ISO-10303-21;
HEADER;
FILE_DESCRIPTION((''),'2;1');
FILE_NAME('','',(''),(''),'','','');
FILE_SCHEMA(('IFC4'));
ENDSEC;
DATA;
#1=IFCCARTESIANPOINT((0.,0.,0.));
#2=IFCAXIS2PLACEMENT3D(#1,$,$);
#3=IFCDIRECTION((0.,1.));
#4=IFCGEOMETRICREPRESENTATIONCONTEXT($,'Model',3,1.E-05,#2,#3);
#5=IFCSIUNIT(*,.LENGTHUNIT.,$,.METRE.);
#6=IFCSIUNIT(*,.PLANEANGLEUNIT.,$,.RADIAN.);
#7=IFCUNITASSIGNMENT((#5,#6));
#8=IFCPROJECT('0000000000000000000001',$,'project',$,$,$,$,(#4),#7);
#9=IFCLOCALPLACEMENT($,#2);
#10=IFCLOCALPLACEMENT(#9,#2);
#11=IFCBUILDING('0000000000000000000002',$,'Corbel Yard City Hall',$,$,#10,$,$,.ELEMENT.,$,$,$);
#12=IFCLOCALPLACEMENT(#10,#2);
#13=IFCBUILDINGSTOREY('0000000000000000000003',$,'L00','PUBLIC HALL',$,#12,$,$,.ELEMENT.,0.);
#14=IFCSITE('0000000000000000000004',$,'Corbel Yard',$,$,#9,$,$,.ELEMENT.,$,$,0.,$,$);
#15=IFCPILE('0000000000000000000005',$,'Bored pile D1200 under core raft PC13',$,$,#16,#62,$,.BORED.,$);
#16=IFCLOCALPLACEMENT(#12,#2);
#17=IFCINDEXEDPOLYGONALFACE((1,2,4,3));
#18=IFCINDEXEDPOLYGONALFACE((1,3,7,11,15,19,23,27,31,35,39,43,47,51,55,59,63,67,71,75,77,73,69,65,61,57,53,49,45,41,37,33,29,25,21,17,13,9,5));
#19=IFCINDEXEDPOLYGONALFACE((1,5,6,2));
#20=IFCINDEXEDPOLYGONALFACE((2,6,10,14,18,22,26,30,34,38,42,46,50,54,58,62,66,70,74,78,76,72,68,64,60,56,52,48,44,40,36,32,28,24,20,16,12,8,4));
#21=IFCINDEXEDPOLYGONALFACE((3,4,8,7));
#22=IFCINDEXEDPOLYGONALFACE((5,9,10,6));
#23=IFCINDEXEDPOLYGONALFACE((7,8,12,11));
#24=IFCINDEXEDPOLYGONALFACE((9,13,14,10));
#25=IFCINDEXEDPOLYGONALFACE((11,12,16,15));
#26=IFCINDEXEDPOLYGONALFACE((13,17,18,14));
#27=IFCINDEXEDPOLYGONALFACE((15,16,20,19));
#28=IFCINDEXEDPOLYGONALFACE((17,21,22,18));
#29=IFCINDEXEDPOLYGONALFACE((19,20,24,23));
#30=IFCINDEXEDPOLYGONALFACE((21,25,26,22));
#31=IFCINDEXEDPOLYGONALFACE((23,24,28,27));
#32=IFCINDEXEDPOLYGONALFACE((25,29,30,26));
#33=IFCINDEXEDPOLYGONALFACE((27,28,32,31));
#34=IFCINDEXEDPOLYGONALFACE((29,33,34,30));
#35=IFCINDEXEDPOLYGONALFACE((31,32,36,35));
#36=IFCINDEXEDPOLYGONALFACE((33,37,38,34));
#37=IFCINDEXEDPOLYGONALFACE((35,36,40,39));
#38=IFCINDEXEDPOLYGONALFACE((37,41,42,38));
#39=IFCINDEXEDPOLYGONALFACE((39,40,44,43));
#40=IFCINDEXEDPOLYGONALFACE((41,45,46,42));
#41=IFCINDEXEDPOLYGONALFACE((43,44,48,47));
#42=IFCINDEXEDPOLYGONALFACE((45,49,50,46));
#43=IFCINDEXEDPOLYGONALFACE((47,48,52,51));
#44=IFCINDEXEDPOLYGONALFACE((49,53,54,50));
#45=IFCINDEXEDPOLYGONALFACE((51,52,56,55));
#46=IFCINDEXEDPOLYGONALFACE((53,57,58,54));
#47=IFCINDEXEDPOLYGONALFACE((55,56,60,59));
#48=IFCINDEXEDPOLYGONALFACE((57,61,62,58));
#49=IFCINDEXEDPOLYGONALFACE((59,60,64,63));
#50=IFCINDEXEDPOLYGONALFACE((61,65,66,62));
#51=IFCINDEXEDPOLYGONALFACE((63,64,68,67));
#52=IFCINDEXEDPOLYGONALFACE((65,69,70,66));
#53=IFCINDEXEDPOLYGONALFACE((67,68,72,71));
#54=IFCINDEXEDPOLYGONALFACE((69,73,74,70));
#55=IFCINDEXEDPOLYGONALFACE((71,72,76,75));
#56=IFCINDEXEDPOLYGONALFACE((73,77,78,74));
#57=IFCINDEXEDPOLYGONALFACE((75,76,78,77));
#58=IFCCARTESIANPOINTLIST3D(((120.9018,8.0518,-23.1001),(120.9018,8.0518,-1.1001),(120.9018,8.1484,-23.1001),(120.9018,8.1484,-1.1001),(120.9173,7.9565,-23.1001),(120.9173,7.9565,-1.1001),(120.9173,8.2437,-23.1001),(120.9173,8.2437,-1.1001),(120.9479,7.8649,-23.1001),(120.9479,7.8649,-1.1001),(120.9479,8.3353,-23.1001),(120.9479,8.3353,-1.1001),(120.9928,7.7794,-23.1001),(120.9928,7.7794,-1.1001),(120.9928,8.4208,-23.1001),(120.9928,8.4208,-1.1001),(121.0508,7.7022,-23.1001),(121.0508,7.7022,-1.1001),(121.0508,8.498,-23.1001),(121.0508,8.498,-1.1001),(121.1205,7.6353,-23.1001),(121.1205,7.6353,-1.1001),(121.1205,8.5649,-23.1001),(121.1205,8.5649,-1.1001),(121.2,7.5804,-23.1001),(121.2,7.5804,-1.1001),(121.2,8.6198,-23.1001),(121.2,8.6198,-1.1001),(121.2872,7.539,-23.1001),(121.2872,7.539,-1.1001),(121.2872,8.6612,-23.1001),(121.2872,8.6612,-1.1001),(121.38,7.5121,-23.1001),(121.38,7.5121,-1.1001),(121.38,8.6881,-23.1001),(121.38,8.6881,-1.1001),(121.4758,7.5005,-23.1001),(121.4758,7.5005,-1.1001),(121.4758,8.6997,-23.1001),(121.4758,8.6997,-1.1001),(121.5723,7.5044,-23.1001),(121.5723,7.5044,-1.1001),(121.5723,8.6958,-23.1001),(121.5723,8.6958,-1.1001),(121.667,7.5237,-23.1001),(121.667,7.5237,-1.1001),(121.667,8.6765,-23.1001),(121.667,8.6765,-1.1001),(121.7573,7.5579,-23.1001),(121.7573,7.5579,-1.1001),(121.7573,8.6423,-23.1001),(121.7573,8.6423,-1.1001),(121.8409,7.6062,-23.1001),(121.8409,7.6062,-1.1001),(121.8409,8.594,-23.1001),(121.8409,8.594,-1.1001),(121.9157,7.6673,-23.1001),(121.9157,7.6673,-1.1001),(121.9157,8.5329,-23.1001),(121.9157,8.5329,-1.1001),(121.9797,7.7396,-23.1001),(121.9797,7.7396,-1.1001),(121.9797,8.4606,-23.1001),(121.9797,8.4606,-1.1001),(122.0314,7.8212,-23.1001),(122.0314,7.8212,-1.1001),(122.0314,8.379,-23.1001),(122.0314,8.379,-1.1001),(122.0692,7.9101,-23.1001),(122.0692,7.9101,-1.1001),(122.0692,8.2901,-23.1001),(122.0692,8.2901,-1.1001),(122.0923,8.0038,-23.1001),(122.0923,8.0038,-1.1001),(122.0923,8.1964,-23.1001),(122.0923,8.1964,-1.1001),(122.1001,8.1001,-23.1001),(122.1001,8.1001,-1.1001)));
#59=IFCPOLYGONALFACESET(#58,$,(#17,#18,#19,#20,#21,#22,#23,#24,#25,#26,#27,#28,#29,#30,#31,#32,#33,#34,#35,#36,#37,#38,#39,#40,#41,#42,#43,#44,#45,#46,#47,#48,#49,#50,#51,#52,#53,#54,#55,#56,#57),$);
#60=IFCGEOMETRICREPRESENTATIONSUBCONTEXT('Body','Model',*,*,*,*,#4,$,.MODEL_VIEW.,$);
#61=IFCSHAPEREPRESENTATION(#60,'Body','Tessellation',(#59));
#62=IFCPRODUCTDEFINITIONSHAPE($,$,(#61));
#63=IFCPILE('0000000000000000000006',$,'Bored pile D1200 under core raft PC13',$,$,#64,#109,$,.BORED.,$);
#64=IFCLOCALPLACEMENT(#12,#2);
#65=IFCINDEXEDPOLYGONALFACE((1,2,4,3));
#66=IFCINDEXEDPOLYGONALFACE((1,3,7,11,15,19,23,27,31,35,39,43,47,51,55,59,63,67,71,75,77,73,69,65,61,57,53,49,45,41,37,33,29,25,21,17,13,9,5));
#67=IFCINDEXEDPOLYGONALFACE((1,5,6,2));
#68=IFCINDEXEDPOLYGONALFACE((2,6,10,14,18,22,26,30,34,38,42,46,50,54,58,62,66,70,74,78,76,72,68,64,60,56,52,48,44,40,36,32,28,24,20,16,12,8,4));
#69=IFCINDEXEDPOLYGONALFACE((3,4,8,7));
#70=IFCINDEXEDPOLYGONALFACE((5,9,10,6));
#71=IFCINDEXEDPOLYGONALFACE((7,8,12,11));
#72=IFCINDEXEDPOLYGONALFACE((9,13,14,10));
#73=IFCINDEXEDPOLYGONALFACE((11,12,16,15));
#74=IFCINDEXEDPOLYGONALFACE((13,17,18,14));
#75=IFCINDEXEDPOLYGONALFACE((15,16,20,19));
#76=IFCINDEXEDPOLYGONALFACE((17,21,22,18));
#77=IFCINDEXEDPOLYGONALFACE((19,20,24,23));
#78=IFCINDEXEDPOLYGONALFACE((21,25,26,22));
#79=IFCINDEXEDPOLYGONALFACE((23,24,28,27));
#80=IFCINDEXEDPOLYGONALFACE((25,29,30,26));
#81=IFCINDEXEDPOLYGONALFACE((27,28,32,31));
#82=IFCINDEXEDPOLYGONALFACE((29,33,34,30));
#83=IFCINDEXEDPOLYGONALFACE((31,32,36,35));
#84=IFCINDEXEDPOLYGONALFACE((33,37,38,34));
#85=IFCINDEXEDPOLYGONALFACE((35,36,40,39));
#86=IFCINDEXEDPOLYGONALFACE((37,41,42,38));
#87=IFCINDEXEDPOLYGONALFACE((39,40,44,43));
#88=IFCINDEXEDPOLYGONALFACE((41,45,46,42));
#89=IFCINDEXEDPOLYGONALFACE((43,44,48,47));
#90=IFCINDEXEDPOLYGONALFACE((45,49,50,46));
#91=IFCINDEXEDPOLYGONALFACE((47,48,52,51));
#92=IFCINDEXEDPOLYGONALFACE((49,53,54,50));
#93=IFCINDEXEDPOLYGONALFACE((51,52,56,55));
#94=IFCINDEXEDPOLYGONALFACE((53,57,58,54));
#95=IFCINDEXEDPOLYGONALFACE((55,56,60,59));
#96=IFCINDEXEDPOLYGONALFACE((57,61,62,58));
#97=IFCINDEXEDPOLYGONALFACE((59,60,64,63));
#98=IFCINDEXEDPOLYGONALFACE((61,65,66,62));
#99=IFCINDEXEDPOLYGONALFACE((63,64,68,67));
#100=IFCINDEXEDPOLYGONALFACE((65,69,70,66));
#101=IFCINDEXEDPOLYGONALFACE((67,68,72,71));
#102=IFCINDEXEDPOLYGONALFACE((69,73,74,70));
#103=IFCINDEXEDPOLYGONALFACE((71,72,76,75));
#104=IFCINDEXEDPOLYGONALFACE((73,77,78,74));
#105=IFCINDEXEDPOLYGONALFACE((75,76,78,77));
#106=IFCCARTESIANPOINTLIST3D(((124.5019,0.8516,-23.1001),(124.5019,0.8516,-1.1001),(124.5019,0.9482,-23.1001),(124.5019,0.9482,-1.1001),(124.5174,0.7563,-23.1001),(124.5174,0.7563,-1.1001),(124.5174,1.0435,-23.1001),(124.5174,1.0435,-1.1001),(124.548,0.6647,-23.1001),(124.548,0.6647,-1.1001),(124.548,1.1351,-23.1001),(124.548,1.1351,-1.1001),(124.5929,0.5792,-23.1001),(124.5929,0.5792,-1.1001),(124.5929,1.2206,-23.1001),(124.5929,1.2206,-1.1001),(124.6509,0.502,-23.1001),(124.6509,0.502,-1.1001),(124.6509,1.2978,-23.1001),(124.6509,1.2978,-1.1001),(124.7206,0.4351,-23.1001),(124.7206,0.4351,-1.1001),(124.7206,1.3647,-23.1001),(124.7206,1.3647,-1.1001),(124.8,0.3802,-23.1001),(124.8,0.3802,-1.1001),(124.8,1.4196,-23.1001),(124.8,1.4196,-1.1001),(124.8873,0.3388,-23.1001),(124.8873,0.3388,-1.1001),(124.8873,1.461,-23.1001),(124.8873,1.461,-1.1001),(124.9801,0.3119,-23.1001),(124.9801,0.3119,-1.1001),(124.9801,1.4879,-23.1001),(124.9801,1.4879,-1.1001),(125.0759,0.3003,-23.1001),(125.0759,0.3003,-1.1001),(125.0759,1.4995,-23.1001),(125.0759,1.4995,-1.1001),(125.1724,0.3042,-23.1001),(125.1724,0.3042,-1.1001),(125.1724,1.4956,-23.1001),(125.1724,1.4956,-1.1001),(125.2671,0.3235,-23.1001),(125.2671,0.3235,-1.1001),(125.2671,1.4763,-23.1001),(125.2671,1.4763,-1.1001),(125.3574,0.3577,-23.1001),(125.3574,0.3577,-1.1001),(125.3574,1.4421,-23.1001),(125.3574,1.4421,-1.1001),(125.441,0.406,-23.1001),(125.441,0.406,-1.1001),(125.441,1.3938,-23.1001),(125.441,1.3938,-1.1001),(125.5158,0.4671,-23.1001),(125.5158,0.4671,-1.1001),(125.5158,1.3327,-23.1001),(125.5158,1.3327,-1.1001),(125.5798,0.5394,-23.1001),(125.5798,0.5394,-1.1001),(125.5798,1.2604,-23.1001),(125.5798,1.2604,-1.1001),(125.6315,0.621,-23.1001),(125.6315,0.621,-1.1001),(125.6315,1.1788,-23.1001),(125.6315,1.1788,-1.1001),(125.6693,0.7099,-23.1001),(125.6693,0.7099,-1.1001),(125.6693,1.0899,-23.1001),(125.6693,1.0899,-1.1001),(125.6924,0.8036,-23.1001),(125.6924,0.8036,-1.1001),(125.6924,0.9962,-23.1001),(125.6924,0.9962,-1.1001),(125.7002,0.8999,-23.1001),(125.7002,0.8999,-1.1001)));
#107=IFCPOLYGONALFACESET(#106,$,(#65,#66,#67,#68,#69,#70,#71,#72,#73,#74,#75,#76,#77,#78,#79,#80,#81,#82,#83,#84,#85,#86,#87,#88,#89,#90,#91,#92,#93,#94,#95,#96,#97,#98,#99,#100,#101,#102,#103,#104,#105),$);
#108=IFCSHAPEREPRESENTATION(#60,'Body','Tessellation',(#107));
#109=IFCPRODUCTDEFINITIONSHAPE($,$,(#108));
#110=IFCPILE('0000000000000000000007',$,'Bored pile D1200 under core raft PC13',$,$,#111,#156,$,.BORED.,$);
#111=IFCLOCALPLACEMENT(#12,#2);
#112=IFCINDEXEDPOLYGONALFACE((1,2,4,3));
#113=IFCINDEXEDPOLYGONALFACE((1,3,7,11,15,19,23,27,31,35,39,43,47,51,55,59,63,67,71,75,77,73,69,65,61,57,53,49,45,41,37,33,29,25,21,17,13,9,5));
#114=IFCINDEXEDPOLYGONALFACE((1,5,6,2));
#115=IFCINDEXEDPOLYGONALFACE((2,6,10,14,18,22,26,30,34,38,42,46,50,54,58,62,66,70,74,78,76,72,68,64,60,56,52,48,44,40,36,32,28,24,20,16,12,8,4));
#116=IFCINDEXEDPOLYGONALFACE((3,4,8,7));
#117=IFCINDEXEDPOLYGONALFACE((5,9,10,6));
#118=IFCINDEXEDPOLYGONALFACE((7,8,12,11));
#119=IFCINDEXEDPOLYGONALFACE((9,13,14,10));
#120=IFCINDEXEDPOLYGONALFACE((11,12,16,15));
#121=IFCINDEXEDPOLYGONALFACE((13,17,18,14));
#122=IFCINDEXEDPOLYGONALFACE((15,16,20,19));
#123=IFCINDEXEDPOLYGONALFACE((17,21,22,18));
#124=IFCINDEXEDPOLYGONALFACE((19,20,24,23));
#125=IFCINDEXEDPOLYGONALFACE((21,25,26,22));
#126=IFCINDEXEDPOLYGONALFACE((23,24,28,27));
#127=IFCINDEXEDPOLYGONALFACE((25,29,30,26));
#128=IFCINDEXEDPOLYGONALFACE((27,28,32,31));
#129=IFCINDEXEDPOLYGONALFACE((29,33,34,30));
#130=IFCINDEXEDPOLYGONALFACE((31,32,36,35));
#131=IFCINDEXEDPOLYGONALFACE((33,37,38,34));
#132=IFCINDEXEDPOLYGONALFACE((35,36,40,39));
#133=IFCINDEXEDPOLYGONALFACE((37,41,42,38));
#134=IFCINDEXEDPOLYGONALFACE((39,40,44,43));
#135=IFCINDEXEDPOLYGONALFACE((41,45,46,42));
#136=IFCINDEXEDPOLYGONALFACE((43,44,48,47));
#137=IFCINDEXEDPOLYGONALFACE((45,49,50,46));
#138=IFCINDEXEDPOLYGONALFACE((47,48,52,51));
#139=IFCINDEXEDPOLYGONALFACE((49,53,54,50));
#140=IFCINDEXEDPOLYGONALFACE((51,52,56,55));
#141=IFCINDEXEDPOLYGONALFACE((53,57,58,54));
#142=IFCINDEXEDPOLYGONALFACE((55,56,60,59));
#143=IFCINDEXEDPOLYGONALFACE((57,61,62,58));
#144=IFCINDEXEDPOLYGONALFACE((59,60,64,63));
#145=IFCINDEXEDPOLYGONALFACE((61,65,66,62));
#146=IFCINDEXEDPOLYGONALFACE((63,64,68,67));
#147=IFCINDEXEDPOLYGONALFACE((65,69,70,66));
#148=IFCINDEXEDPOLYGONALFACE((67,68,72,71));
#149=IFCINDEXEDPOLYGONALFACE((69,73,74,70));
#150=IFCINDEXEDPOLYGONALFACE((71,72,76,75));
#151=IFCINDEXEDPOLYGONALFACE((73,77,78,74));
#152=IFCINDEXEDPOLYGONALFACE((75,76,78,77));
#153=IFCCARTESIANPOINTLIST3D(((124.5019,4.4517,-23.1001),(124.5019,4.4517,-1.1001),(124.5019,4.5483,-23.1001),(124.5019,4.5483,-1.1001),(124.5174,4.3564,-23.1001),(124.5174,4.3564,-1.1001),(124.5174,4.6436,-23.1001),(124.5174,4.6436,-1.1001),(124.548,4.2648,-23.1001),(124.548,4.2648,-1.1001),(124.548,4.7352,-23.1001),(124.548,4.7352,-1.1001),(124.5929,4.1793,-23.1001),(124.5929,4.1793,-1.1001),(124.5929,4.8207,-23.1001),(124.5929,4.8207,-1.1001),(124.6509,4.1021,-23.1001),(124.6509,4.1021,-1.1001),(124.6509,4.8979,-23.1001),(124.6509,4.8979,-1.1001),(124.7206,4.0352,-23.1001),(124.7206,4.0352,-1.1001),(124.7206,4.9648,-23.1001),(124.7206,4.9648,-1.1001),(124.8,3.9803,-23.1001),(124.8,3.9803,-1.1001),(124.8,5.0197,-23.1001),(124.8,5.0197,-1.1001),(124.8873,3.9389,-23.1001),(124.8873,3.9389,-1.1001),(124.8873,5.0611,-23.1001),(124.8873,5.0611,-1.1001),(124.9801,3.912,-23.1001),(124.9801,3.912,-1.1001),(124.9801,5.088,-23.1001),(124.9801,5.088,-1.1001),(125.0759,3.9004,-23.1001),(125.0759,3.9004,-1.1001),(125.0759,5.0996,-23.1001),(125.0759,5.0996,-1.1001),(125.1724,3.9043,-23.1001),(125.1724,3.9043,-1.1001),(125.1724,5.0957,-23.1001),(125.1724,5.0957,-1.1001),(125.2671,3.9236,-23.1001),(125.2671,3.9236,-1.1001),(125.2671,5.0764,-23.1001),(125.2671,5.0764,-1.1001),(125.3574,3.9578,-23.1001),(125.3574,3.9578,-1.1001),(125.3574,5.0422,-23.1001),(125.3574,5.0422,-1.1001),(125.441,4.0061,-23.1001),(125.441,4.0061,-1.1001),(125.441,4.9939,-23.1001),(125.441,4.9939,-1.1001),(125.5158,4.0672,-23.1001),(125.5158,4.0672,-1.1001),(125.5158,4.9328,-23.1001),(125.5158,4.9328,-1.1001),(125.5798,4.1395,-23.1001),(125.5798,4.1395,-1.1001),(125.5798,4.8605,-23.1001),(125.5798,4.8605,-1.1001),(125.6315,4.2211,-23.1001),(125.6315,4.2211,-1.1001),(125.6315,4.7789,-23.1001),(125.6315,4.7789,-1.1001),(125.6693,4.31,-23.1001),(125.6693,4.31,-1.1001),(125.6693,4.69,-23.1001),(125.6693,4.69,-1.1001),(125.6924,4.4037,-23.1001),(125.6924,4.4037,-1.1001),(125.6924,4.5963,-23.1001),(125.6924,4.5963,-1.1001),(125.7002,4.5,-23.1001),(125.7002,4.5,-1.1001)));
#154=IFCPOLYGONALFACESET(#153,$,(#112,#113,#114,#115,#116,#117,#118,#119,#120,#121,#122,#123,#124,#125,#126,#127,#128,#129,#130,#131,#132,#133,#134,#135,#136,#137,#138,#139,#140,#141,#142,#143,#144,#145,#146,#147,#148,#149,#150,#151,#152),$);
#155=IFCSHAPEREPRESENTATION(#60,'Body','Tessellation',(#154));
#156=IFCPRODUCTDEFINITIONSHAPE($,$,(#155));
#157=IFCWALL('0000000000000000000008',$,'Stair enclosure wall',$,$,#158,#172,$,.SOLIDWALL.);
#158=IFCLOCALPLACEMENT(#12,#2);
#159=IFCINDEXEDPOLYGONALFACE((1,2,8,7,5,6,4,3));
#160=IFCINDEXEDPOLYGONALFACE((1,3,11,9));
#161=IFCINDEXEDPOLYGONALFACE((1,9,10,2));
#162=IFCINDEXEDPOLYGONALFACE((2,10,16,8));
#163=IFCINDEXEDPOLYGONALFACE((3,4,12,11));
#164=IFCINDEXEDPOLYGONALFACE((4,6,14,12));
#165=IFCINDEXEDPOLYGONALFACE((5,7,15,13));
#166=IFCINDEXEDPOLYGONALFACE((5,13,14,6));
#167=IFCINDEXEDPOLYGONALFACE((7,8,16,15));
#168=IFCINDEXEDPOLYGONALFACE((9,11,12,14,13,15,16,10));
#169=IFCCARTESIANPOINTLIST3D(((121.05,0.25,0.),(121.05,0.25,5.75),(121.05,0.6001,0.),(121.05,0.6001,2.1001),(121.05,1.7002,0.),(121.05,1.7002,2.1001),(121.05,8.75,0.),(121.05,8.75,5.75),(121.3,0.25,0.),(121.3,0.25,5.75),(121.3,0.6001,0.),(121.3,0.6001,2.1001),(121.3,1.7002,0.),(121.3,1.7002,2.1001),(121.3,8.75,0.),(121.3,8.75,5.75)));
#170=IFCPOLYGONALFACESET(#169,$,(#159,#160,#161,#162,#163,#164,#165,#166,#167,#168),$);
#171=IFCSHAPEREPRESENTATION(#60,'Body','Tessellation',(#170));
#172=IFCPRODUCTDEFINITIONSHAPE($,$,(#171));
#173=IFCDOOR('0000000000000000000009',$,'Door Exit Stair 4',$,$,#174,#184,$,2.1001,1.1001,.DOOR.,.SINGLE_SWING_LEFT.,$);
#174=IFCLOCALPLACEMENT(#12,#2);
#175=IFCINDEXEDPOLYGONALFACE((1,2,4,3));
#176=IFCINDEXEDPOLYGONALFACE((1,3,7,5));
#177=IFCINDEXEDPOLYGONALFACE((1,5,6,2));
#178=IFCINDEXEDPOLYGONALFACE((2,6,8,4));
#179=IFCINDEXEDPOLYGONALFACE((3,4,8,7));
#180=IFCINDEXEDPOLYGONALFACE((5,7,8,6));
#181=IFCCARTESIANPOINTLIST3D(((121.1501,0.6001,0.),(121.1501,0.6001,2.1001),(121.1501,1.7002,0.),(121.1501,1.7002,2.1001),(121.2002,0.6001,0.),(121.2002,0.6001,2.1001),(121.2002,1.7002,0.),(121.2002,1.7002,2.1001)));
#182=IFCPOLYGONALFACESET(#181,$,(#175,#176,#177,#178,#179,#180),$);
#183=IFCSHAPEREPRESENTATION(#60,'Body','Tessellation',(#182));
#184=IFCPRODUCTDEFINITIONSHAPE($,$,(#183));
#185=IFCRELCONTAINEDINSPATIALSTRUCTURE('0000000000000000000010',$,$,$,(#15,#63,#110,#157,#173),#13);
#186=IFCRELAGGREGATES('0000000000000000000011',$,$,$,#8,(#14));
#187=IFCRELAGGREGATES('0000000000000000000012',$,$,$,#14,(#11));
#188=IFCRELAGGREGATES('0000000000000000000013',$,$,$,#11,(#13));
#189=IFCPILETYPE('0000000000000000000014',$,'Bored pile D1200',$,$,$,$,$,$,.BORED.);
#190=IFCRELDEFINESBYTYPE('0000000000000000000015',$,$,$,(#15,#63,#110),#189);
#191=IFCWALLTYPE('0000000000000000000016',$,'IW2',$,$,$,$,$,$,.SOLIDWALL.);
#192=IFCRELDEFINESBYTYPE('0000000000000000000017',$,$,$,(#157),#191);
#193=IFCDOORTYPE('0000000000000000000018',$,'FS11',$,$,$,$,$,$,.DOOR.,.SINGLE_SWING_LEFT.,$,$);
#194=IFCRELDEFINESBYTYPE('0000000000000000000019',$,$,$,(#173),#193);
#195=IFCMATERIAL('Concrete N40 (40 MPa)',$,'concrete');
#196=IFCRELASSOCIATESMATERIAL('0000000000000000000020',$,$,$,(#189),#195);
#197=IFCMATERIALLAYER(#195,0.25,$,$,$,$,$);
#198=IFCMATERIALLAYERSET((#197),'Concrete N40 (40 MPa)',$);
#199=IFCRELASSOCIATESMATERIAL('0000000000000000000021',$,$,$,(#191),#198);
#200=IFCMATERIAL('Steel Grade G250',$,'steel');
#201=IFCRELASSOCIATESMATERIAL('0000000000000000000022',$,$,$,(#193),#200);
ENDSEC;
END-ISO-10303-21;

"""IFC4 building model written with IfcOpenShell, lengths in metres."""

from ifc_helpers import new_model, si_unit, direction, frame, frame_2d, origin, origin_2d, place, context, subcontext, project, spatial, rectangle, circle, extrude, material, layer, layer_set, material_profile, profile_set, type_object, element, fill, save


model = new_model("IFC4")

# Units and contexts
model_context = context("Model", 3, precision=1e-05, world=origin(), true_north=direction((0.0, 1.0)))
body_context = subcontext(model_context, "Body", "Model", "MODEL_VIEW")
ifc_project = project(units=[si_unit("LENGTHUNIT", "METRE"), si_unit("PLANEANGLEUNIT", "RADIAN")], contexts=[model_context])

# Site, building, storey
site_placement = place(None, origin())
site = spatial("IfcSite", under=ifc_project, at=site_placement, Name="Corbel Yard", CompositionType="ELEMENT", RefElevation=0.0)
building_placement = place(site_placement, origin())
building = spatial("IfcBuilding", under=site, at=building_placement, Name="Corbel Yard City Hall", CompositionType="ELEMENT")
storey_placement = place(building_placement, origin())
storey = spatial("IfcBuildingStorey", under=building, at=storey_placement, Name="L00", Description="PUBLIC HALL", CompositionType="ELEMENT", Elevation=0.0)

# Piles
ifc_material_1 = material(Name="Concrete N40 (40 MPa)", Category="concrete")
ifc_material_profile = material_profile(ifc_material_1, circle(Radius=0.6001, at=origin_2d()), Name="D1200")
ifc_profile_set = profile_set([ifc_material_profile], Name="Concrete N40 (40 MPa)")
pile_type = type_object("IfcPileType", Name="Bored pile D1200", PredefinedType="BORED", material=ifc_profile_set)
for number, where, z_axis, x_axis, name in (
    (1, (121.5, 8.1001, -1.1001), (0.0, 0.0, -1.0), (1.0, 0.0, 0.0), "Bored pile D1200 under core raft PC13"),
    (2, (125.1001, 0.8999, -1.1001), (0.0, 0.0, -1.0), (1.0, 0.0, 0.0), "Bored pile D1200 under core raft PC13"),
    (3, (125.1001, 4.5, -1.1001), (0.0, 0.0, -1.0), (1.0, 0.0, 0.0), "Bored pile D1200 under core raft PC13"),
):
    element("IfcPile", number, at=place(storey_placement, frame(where, z_axis=z_axis, x_axis=x_axis)), inside=storey, type_object=pile_type, Name=name, PredefinedType="BORED", context=body_context, shape_type="SweptSolid", body=[
        extrude(circle(Radius=0.6001, at=origin_2d()), origin(), (0.0, 0.0, 1.0), 22.0),
    ])

# Wall, opening, door
ifc_layer_1 = layer(ifc_material_1, 0.25)
ifc_layer_set_1 = layer_set([ifc_layer_1], Name="Concrete N40 (40 MPa)")
wall_type_1 = type_object("IfcWallType", Name="IW2", PredefinedType="SOLIDWALL", material=ifc_layer_set_1)
wall_1_placement = place(storey_placement, frame((121.175, 0.25, 0.0), z_axis=(0.0, 0.0, 1.0), x_axis=(0.0, 1.0, 0.0)))
wall_1 = element("IfcWall", 4, at=wall_1_placement, inside=storey, type_object=wall_type_1, Name="Stair enclosure wall", PredefinedType="SOLIDWALL", context=body_context, shape_type="SweptSolid", body=[
    extrude(rectangle(XDim=8.5, YDim=0.25, at=frame_2d((4.25, 0.0))), origin(), (0.0, 0.0, 1.0), 5.75),
])
opening_1_placement = place(wall_1_placement, frame((0.3501, 0.0, 0.0)))
opening_1 = element("IfcOpeningElement", 5, at=opening_1_placement, cuts=wall_1, PredefinedType="OPENING", context=body_context, shape_type="SweptSolid", body=[
    extrude(rectangle(XDim=1.1001, YDim=2.1001, at=frame_2d((0.55, 1.05))), frame((0.0, 0.135, 0.0), z_axis=(0.0, -1.0, 0.0), x_axis=(1.0, 0.0, 0.0)), (0.0, 0.0, 1.0), 0.27),
])
ifc_material_2 = material(Name="Steel Grade G250", Category="steel")
door_type_1 = type_object("IfcDoorType", Name="FS11", OperationType="SINGLE_SWING_LEFT", PredefinedType="DOOR", material=ifc_material_2)
door_1_placement = place(opening_1_placement, origin())
door_1 = element("IfcDoor", 6, at=door_1_placement, inside=storey, type_object=door_type_1, Name="Door Exit Stair 4", OperationType="SINGLE_SWING_LEFT", OverallHeight=2.1001, OverallWidth=1.1001, PredefinedType="DOOR", context=body_context, shape_type="SweptSolid", body=[
    extrude(rectangle(XDim=1.1001, YDim=2.1001, at=frame_2d((0.55, 1.05))), frame((0.0, 0.0249, 0.0), z_axis=(0.0, -1.0, 0.0), x_axis=(1.0, 0.0, 0.0)), (0.0, 0.0, 1.0), 0.05),
])
fill(opening_1, door_1)

save(model, "model.ifc")
